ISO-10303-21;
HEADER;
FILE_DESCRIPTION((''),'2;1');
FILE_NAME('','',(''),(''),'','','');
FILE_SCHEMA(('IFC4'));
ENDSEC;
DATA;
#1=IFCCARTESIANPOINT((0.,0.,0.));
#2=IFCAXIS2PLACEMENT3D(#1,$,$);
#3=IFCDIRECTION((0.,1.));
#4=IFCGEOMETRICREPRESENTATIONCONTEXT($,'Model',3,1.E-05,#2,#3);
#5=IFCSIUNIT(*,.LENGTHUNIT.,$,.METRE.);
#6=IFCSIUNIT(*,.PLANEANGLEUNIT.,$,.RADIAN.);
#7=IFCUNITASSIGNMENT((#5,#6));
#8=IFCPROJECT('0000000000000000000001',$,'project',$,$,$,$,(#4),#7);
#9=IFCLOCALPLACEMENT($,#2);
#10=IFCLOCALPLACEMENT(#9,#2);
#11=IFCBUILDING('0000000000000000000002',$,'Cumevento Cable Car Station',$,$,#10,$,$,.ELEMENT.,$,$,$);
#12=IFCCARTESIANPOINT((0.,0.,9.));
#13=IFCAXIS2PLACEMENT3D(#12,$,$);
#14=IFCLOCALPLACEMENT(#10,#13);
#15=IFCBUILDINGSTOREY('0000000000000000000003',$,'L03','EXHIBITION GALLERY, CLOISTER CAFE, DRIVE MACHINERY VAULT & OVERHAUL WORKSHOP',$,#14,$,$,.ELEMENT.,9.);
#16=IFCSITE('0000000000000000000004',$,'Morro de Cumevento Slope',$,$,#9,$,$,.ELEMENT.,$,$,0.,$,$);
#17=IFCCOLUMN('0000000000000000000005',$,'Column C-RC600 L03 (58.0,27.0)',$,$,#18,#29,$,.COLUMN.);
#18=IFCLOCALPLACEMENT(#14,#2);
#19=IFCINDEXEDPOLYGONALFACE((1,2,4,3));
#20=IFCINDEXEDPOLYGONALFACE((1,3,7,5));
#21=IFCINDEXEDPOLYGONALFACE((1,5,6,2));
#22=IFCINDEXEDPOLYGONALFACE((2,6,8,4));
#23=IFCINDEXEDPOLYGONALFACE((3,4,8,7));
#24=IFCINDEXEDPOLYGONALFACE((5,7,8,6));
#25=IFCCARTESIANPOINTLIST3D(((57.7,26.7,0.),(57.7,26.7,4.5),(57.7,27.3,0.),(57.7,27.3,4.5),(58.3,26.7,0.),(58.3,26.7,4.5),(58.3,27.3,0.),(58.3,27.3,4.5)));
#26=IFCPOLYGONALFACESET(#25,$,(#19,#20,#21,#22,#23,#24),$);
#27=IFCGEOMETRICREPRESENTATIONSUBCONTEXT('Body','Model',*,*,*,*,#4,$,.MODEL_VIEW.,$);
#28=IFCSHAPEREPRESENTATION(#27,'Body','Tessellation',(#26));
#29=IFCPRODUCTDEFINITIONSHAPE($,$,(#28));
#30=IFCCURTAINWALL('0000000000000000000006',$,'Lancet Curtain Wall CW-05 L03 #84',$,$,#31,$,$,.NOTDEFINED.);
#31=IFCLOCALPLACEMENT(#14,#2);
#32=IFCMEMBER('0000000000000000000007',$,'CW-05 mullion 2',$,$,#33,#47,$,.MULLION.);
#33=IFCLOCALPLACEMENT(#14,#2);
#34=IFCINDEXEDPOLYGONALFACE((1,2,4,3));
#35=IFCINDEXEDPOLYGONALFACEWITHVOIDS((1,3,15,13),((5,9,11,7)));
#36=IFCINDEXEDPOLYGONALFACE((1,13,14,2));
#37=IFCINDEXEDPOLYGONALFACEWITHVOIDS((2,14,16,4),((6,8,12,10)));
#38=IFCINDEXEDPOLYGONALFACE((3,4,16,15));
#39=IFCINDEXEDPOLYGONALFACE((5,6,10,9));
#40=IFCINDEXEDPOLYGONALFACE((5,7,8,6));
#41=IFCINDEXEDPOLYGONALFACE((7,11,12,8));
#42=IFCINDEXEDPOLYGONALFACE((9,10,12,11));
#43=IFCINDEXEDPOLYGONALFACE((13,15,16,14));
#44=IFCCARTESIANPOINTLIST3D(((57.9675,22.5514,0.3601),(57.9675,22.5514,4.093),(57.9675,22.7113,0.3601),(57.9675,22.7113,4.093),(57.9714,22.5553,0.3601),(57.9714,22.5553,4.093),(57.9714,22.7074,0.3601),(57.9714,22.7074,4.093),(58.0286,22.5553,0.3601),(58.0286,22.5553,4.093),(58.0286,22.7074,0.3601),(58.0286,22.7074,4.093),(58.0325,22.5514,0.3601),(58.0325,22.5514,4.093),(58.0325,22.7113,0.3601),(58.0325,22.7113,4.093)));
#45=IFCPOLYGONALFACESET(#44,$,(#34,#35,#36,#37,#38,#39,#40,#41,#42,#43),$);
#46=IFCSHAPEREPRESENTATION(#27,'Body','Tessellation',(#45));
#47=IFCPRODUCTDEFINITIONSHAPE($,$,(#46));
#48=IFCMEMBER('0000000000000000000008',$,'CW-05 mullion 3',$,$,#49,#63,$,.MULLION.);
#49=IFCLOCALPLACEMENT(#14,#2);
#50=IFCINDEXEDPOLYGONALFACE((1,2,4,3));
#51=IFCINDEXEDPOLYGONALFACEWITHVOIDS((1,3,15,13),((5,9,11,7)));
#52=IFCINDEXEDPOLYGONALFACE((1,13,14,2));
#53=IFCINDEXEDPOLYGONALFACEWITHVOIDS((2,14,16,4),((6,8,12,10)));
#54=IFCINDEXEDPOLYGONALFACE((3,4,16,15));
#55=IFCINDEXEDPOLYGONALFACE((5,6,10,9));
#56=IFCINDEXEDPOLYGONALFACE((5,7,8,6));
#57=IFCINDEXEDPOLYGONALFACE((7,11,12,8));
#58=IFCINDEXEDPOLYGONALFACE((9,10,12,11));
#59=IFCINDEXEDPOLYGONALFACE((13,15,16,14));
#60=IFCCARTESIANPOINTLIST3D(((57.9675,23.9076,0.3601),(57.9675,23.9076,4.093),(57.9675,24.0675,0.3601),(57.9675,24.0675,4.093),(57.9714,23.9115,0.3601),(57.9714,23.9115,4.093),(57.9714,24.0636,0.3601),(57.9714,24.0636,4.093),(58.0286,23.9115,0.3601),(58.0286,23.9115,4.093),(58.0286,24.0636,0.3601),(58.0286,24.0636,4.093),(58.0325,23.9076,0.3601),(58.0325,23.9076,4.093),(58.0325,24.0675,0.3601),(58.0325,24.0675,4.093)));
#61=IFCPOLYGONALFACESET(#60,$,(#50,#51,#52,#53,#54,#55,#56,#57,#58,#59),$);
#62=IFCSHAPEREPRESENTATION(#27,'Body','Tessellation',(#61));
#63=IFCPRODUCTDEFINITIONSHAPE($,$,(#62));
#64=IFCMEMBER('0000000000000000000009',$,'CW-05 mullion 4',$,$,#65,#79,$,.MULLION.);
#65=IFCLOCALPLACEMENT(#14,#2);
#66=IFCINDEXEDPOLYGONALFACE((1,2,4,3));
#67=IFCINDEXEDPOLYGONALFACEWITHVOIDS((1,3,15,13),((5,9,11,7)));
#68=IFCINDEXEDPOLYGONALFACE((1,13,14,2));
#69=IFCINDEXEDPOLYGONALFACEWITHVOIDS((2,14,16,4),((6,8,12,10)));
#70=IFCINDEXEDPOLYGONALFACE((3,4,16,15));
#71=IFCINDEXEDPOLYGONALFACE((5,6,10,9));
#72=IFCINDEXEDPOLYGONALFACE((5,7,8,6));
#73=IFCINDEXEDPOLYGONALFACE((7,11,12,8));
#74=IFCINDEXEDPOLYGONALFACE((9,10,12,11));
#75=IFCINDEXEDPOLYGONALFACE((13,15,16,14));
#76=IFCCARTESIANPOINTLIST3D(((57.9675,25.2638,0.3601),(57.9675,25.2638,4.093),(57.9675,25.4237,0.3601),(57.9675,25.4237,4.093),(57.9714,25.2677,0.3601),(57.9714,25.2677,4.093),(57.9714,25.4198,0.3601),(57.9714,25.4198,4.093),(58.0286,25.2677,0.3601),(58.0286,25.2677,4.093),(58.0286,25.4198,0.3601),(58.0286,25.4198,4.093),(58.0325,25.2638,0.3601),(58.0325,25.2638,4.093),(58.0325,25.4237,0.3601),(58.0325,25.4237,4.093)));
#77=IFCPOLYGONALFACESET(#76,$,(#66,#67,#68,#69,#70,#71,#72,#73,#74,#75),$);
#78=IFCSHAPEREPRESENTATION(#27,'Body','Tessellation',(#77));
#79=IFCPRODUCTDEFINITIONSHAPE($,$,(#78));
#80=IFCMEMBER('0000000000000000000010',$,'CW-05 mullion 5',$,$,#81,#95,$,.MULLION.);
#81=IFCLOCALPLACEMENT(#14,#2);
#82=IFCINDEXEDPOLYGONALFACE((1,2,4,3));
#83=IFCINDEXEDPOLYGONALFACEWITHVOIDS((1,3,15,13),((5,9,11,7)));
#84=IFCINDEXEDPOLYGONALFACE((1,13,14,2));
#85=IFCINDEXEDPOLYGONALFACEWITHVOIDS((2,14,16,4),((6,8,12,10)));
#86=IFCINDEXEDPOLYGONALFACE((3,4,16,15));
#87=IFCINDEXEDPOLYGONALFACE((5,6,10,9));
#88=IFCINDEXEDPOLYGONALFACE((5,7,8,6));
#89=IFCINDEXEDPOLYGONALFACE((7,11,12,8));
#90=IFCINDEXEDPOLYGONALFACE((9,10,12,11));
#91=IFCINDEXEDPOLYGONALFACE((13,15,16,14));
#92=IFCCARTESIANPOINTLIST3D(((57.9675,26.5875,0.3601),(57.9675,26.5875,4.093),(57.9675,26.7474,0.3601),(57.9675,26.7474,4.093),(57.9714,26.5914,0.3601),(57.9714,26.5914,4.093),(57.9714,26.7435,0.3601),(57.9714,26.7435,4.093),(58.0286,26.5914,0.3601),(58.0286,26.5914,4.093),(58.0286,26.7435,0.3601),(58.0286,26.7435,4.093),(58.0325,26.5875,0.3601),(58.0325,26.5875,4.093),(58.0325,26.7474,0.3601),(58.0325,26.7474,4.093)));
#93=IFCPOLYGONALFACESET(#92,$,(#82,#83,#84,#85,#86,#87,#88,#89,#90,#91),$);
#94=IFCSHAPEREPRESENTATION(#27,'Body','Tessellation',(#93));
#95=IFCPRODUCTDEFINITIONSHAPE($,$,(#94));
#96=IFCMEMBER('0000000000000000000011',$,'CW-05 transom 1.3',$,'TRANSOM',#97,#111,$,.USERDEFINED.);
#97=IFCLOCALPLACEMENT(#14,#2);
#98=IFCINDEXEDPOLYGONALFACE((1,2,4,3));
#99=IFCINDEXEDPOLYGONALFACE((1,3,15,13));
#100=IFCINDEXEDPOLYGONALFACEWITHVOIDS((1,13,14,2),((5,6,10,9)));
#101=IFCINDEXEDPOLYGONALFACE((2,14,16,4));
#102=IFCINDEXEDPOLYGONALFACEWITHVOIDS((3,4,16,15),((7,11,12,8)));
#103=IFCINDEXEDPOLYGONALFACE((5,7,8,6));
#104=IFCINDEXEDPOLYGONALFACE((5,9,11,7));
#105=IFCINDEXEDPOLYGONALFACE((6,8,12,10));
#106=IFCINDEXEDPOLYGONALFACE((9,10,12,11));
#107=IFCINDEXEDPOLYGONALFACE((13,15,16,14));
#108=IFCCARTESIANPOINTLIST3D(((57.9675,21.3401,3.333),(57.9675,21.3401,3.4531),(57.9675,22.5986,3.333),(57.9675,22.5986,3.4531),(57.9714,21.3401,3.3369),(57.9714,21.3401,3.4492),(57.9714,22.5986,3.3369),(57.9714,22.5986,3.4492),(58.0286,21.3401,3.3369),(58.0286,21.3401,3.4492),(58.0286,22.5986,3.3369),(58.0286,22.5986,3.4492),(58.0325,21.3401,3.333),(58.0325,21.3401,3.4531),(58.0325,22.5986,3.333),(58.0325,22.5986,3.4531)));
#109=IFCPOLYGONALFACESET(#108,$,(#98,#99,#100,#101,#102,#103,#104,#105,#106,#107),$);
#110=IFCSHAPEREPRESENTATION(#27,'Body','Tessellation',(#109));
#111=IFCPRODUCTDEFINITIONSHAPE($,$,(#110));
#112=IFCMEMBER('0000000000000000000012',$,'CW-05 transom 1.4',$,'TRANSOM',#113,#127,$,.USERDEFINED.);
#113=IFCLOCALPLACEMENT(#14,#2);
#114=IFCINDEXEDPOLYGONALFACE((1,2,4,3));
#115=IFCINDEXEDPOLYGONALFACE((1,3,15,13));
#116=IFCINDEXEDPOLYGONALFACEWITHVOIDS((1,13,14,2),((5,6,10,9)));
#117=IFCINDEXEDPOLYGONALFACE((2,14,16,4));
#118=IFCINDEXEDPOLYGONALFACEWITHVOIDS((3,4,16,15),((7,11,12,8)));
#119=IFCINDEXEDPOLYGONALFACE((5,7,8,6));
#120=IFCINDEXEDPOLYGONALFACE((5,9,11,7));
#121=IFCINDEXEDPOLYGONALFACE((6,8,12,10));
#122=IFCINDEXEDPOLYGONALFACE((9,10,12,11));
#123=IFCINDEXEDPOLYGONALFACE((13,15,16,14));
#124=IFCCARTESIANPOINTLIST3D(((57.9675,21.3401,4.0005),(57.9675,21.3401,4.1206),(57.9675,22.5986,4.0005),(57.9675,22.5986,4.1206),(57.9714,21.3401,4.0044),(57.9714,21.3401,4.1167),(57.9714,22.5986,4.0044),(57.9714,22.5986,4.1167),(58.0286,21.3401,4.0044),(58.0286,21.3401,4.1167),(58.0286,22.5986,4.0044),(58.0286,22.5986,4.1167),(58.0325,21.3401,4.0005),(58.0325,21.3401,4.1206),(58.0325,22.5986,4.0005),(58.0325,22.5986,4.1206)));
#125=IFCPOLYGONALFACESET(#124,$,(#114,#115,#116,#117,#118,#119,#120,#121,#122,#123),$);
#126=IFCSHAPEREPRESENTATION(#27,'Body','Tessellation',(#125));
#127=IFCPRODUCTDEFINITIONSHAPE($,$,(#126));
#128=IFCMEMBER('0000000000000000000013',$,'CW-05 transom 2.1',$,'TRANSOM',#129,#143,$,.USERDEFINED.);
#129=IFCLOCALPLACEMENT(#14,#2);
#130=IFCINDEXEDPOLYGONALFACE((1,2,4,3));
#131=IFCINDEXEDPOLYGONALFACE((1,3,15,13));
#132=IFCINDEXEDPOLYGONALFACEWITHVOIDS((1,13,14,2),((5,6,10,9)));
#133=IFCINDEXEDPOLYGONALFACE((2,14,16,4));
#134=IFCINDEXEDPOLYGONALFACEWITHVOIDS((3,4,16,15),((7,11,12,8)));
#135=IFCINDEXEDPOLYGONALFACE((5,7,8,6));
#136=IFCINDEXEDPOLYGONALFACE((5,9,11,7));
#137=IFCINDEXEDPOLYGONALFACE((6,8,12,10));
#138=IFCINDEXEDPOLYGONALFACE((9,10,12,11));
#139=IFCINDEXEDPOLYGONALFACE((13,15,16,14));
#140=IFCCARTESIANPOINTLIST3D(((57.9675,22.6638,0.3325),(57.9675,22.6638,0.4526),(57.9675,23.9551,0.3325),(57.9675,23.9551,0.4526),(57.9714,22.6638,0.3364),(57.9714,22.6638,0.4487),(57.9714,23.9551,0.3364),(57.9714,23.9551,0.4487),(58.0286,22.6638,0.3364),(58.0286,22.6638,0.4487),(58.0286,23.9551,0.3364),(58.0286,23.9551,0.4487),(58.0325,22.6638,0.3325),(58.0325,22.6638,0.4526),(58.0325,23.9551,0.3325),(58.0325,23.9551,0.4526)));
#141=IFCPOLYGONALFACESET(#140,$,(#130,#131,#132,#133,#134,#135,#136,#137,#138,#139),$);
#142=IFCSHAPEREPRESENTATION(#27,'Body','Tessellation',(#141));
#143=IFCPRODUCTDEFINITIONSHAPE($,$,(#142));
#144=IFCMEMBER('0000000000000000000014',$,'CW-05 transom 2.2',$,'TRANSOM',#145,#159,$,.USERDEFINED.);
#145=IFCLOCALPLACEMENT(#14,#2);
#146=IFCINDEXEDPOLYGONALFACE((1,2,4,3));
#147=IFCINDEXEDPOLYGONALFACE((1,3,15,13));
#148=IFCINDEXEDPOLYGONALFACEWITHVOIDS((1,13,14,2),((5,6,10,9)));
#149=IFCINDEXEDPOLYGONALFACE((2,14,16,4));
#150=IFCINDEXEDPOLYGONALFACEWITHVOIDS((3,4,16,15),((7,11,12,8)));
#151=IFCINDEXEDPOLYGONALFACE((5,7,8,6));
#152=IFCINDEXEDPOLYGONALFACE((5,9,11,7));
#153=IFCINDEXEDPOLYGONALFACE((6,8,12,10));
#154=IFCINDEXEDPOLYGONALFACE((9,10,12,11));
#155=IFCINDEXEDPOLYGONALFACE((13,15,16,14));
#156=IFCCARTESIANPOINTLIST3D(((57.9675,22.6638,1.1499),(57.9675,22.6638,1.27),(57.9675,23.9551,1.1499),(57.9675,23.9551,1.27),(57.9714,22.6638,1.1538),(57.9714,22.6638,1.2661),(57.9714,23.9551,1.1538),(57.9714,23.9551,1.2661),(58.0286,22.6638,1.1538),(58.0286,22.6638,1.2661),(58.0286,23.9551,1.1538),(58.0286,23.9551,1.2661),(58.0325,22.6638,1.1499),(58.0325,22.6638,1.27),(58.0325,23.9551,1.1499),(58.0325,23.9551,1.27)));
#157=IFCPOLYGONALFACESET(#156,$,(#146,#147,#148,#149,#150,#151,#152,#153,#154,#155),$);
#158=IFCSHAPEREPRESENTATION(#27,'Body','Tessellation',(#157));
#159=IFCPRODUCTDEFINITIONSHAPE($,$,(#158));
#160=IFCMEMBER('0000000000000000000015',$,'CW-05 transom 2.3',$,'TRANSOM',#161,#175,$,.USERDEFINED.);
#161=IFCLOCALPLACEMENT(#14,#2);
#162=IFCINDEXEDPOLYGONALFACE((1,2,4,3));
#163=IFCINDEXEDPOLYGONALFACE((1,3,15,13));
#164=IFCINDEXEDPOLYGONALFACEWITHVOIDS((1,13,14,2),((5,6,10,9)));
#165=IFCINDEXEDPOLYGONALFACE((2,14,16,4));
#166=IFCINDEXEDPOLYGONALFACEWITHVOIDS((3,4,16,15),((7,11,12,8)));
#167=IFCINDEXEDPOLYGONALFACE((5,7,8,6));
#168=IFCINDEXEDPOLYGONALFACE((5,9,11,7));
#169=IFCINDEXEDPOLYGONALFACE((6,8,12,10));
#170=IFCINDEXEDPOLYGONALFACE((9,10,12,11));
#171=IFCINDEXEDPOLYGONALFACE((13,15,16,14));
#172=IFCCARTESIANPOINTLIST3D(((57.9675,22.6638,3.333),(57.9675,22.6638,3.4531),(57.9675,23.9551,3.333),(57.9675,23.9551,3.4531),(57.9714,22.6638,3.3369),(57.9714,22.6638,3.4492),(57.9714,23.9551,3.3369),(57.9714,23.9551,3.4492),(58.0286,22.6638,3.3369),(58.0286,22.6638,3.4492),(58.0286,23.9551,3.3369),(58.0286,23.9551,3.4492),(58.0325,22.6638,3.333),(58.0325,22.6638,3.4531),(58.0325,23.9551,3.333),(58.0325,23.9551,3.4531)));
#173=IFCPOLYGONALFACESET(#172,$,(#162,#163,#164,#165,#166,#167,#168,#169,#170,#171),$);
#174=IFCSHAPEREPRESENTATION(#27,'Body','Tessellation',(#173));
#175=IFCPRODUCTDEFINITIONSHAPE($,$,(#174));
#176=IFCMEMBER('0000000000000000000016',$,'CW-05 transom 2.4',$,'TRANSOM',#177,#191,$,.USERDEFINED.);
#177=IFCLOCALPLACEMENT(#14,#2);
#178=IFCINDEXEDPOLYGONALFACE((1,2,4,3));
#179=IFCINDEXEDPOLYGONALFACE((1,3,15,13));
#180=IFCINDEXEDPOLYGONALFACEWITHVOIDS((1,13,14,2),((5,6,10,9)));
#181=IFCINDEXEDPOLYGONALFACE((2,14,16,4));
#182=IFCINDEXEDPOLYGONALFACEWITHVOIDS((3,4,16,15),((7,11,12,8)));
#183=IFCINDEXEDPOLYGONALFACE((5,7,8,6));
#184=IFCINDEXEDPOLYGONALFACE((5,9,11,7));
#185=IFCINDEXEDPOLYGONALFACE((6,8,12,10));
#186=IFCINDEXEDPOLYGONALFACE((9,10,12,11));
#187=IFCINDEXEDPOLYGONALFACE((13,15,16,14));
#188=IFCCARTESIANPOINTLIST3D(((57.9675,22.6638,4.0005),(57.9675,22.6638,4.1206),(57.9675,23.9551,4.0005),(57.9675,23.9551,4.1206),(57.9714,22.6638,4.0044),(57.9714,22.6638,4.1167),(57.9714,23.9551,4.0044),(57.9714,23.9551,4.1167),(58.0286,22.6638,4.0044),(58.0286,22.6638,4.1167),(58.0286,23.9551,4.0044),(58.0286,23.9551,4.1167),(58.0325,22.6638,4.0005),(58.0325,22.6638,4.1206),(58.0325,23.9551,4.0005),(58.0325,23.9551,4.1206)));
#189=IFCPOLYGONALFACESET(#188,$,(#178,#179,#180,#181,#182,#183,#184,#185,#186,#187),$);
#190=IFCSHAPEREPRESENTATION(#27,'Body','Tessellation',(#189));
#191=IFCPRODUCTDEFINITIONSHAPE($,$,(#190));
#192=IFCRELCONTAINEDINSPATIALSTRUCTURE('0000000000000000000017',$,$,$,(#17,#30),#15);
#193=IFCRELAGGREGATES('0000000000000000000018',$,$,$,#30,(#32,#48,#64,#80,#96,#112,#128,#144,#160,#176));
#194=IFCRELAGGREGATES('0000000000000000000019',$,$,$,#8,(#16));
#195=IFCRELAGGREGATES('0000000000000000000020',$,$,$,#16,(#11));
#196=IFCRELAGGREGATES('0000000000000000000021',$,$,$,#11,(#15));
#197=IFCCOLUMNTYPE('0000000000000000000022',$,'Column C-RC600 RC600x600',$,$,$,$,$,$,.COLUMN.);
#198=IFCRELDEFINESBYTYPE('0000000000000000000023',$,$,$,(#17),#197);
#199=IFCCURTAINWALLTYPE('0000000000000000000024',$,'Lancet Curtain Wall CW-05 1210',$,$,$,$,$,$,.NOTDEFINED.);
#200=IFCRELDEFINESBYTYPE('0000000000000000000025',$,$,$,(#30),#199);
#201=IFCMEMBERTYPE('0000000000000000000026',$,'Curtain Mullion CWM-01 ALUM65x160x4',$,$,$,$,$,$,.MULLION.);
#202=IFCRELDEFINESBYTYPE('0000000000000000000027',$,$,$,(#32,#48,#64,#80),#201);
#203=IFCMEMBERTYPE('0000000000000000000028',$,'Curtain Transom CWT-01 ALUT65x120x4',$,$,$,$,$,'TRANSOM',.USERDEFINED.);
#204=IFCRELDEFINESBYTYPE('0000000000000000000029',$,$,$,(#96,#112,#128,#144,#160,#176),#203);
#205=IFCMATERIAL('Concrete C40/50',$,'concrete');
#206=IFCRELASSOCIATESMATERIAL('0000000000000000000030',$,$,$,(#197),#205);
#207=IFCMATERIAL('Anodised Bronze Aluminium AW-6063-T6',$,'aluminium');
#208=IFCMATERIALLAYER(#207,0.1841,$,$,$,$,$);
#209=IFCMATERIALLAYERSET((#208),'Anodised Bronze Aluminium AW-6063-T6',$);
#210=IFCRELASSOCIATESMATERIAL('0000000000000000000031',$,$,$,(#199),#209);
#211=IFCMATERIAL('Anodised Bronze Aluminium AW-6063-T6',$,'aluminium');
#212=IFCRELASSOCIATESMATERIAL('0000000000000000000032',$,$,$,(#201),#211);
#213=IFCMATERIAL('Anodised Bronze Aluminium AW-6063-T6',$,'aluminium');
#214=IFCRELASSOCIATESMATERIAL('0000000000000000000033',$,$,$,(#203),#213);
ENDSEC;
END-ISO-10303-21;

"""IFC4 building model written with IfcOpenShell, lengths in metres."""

from ifc_helpers import new_model, si_unit, direction, frame, origin, origin_2d, place, context, subcontext, project, spatial, rectangle, hollow_rectangle, extrude, material, layer, layer_set, material_profile, profile_set, type_object, element, aggregate, save


model = new_model("IFC4")

# Units and contexts
model_context = context("Model", 3, precision=1e-05, world=origin(), true_north=direction((0.0, 1.0)))
body_context = subcontext(model_context, "Body", "Model", "MODEL_VIEW")
ifc_project = project(units=[si_unit("LENGTHUNIT", "METRE"), si_unit("PLANEANGLEUNIT", "RADIAN")], contexts=[model_context])

# Site, building, storey
site_placement = place(None, origin())
site = spatial("IfcSite", under=ifc_project, at=site_placement, Name="Morro de Cumevento Slope", CompositionType="ELEMENT", RefElevation=0.0)
building_placement = place(site_placement, origin())
building = spatial("IfcBuilding", under=site, at=building_placement, Name="Cumevento Cable Car Station", CompositionType="ELEMENT")
storey_placement = place(building_placement, frame((0.0, 0.0, 9.0)))
storey = spatial("IfcBuildingStorey", under=building, at=storey_placement, Name="L03", Description="EXHIBITION GALLERY, CLOISTER CAFE, DRIVE MACHINERY VAULT & OVERHAUL WORKSHOP", CompositionType="ELEMENT", Elevation=9.0)

# Column
ifc_material_1 = material(Name="Concrete C40/50", Category="concrete")
ifc_material_profile_1 = material_profile(ifc_material_1, rectangle(XDim=0.6001, YDim=0.6001, at=origin_2d()), Name="RC600x600")
ifc_profile_set_1 = profile_set([ifc_material_profile_1], Name="Concrete C40/50")
column_type = type_object("IfcColumnType", Name="Column C-RC600 RC600x600", PredefinedType="COLUMN", material=ifc_profile_set_1)
column_placement = place(storey_placement, frame((58.0, 27.0, 0.0), z_axis=(0.0, 0.0, 1.0), x_axis=(1.0, 0.0, 0.0)))
element("IfcColumn", 1, at=column_placement, inside=storey, type_object=column_type, Name="Column C-RC600 L03 (58.0,27.0)", PredefinedType="COLUMN", context=body_context, shape_type="SweptSolid", body=[
    extrude(rectangle(XDim=0.6001, YDim=0.6001, at=origin_2d()), origin(), (0.0, 0.0, 1.0), 4.5),
])

# Curtain wall, members
ifc_material_2 = material(Name="Anodised Bronze Aluminium AW-6063-T6", Category="aluminium")
ifc_layer_1 = layer(ifc_material_2, 0.1841)
ifc_layer_set_1 = layer_set([ifc_layer_1], Name="Anodised Bronze Aluminium AW-6063-T6")
curtain_wall_type = type_object("IfcCurtainWallType", Name="Lancet Curtain Wall CW-05 1210", PredefinedType="NOTDEFINED", material=ifc_layer_set_1)
curtain_wall_placement = place(storey_placement, origin())
curtain_wall = element("IfcCurtainWall", 2, at=curtain_wall_placement, inside=storey, type_object=curtain_wall_type, Name="Lancet Curtain Wall CW-05 L03 #84", PredefinedType="NOTDEFINED")
ifc_material_3 = material(Name="Anodised Bronze Aluminium AW-6063-T6", Category="aluminium")
ifc_material_profile_2 = material_profile(ifc_material_3, hollow_rectangle(XDim=0.0649, YDim=0.1599, WallThickness=0.0039, at=origin_2d()), Name="ALUM65x160x4")
ifc_profile_set_2 = profile_set([ifc_material_profile_2], Name="Anodised Bronze Aluminium AW-6063-T6")
member_type_1 = type_object("IfcMemberType", Name="Curtain Mullion CWM-01 ALUM65x160x4", PredefinedType="MULLION", material=ifc_profile_set_2)
member_1_placement = place(storey_placement, frame((58.0, 22.6313, 0.3601), z_axis=(0.0, 0.0, 1.0), x_axis=(-1.0, 0.0, 0.0)))
member_1 = element("IfcMember", 3, at=member_1_placement, type_object=member_type_1, Name="CW-05 mullion 2", PredefinedType="MULLION", context=body_context, shape_type="SweptSolid", body=[
    extrude(hollow_rectangle(XDim=0.0649, YDim=0.1599, WallThickness=0.0039, at=origin_2d()), origin(), (0.0, 0.0, 1.0), 3.7329),
])
member_2_placement = place(storey_placement, frame((58.0, 23.9875, 0.3601), z_axis=(0.0, 0.0, 1.0), x_axis=(-1.0, 0.0, 0.0)))
member_2 = element("IfcMember", 4, at=member_2_placement, type_object=member_type_1, Name="CW-05 mullion 3", PredefinedType="MULLION", context=body_context, shape_type="SweptSolid", body=[
    extrude(hollow_rectangle(XDim=0.0649, YDim=0.1599, WallThickness=0.0039, at=origin_2d()), origin(), (0.0, 0.0, 1.0), 3.7329),
])
member_3_placement = place(storey_placement, frame((58.0, 25.3438, 0.3601), z_axis=(0.0, 0.0, 1.0), x_axis=(-1.0, 0.0, 0.0)))
member_3 = element("IfcMember", 5, at=member_3_placement, type_object=member_type_1, Name="CW-05 mullion 4", PredefinedType="MULLION", context=body_context, shape_type="SweptSolid", body=[
    extrude(hollow_rectangle(XDim=0.0649, YDim=0.1599, WallThickness=0.0039, at=origin_2d()), origin(), (0.0, 0.0, 1.0), 3.7329),
])
member_4_placement = place(storey_placement, frame((58.0, 26.6675, 0.3601), z_axis=(0.0, 0.0, 1.0), x_axis=(-1.0, 0.0, 0.0)))
member_4 = element("IfcMember", 6, at=member_4_placement, type_object=member_type_1, Name="CW-05 mullion 5", PredefinedType="MULLION", context=body_context, shape_type="SweptSolid", body=[
    extrude(hollow_rectangle(XDim=0.0649, YDim=0.1599, WallThickness=0.0039, at=origin_2d()), origin(), (0.0, 0.0, 1.0), 3.7329),
])
ifc_material_4 = material(Name="Anodised Bronze Aluminium AW-6063-T6", Category="aluminium")
ifc_material_profile_3 = material_profile(ifc_material_4, hollow_rectangle(XDim=0.0649, YDim=0.1201, WallThickness=0.0039, at=origin_2d()), Name="ALUT65x120x4")
ifc_profile_set_3 = profile_set([ifc_material_profile_3], Name="Anodised Bronze Aluminium AW-6063-T6")
member_type_2 = type_object("IfcMemberType", Name="Curtain Transom CWT-01 ALUT65x120x4", ElementType="TRANSOM", PredefinedType="USERDEFINED", material=ifc_profile_set_3)
member_5_placement = place(storey_placement, frame((58.0, 21.3401, 3.3931), z_axis=(0.0, 1.0, 0.0), x_axis=(-1.0, 0.0, 0.0)))
member_5 = element("IfcMember", 7, at=member_5_placement, type_object=member_type_2, Name="CW-05 transom 1.3", ObjectType="TRANSOM", PredefinedType="USERDEFINED", context=body_context, shape_type="SweptSolid", body=[
    extrude(hollow_rectangle(XDim=0.0649, YDim=0.1201, WallThickness=0.0039, at=origin_2d()), origin(), (0.0, 0.0, 1.0), 1.2585),
])
member_6_placement = place(storey_placement, frame((58.0, 21.3401, 4.0605), z_axis=(0.0, 1.0, 0.0), x_axis=(-1.0, 0.0, 0.0)))
member_6 = element("IfcMember", 8, at=member_6_placement, type_object=member_type_2, Name="CW-05 transom 1.4", ObjectType="TRANSOM", PredefinedType="USERDEFINED", context=body_context, shape_type="SweptSolid", body=[
    extrude(hollow_rectangle(XDim=0.0649, YDim=0.1201, WallThickness=0.0039, at=origin_2d()), origin(), (0.0, 0.0, 1.0), 1.2585),
])
member_7_placement = place(storey_placement, frame((58.0, 22.6638, 0.3926), z_axis=(0.0, 1.0, 0.0), x_axis=(-1.0, 0.0, 0.0)))
member_7 = element("IfcMember", 9, at=member_7_placement, type_object=member_type_2, Name="CW-05 transom 2.1", ObjectType="TRANSOM", PredefinedType="USERDEFINED", context=body_context, shape_type="SweptSolid", body=[
    extrude(hollow_rectangle(XDim=0.0649, YDim=0.1201, WallThickness=0.0039, at=origin_2d()), origin(), (0.0, 0.0, 1.0), 1.2913),
])
member_8_placement = place(storey_placement, frame((58.0, 22.6638, 1.21), z_axis=(0.0, 1.0, 0.0), x_axis=(-1.0, 0.0, 0.0)))
member_8 = element("IfcMember", 10, at=member_8_placement, type_object=member_type_2, Name="CW-05 transom 2.2", ObjectType="TRANSOM", PredefinedType="USERDEFINED", context=body_context, shape_type="SweptSolid", body=[
    extrude(hollow_rectangle(XDim=0.0649, YDim=0.1201, WallThickness=0.0039, at=origin_2d()), origin(), (0.0, 0.0, 1.0), 1.2913),
])
member_9_placement = place(storey_placement, frame((58.0, 22.6638, 3.3931), z_axis=(0.0, 1.0, 0.0), x_axis=(-1.0, 0.0, 0.0)))
member_9 = element("IfcMember", 11, at=member_9_placement, type_object=member_type_2, Name="CW-05 transom 2.3", ObjectType="TRANSOM", PredefinedType="USERDEFINED", context=body_context, shape_type="SweptSolid", body=[
    extrude(hollow_rectangle(XDim=0.0649, YDim=0.1201, WallThickness=0.0039, at=origin_2d()), origin(), (0.0, 0.0, 1.0), 1.2913),
])
member_10_placement = place(storey_placement, frame((58.0, 22.6638, 4.0605), z_axis=(0.0, 1.0, 0.0), x_axis=(-1.0, 0.0, 0.0)))
member_10 = element("IfcMember", 12, at=member_10_placement, type_object=member_type_2, Name="CW-05 transom 2.4", ObjectType="TRANSOM", PredefinedType="USERDEFINED", context=body_context, shape_type="SweptSolid", body=[
    extrude(hollow_rectangle(XDim=0.0649, YDim=0.1201, WallThickness=0.0039, at=origin_2d()), origin(), (0.0, 0.0, 1.0), 1.2913),
])

aggregate(curtain_wall, [member_1, member_2, member_3, member_4, member_5, member_6, member_7, member_8, member_9, member_10])

save(model, "model.ifc")
